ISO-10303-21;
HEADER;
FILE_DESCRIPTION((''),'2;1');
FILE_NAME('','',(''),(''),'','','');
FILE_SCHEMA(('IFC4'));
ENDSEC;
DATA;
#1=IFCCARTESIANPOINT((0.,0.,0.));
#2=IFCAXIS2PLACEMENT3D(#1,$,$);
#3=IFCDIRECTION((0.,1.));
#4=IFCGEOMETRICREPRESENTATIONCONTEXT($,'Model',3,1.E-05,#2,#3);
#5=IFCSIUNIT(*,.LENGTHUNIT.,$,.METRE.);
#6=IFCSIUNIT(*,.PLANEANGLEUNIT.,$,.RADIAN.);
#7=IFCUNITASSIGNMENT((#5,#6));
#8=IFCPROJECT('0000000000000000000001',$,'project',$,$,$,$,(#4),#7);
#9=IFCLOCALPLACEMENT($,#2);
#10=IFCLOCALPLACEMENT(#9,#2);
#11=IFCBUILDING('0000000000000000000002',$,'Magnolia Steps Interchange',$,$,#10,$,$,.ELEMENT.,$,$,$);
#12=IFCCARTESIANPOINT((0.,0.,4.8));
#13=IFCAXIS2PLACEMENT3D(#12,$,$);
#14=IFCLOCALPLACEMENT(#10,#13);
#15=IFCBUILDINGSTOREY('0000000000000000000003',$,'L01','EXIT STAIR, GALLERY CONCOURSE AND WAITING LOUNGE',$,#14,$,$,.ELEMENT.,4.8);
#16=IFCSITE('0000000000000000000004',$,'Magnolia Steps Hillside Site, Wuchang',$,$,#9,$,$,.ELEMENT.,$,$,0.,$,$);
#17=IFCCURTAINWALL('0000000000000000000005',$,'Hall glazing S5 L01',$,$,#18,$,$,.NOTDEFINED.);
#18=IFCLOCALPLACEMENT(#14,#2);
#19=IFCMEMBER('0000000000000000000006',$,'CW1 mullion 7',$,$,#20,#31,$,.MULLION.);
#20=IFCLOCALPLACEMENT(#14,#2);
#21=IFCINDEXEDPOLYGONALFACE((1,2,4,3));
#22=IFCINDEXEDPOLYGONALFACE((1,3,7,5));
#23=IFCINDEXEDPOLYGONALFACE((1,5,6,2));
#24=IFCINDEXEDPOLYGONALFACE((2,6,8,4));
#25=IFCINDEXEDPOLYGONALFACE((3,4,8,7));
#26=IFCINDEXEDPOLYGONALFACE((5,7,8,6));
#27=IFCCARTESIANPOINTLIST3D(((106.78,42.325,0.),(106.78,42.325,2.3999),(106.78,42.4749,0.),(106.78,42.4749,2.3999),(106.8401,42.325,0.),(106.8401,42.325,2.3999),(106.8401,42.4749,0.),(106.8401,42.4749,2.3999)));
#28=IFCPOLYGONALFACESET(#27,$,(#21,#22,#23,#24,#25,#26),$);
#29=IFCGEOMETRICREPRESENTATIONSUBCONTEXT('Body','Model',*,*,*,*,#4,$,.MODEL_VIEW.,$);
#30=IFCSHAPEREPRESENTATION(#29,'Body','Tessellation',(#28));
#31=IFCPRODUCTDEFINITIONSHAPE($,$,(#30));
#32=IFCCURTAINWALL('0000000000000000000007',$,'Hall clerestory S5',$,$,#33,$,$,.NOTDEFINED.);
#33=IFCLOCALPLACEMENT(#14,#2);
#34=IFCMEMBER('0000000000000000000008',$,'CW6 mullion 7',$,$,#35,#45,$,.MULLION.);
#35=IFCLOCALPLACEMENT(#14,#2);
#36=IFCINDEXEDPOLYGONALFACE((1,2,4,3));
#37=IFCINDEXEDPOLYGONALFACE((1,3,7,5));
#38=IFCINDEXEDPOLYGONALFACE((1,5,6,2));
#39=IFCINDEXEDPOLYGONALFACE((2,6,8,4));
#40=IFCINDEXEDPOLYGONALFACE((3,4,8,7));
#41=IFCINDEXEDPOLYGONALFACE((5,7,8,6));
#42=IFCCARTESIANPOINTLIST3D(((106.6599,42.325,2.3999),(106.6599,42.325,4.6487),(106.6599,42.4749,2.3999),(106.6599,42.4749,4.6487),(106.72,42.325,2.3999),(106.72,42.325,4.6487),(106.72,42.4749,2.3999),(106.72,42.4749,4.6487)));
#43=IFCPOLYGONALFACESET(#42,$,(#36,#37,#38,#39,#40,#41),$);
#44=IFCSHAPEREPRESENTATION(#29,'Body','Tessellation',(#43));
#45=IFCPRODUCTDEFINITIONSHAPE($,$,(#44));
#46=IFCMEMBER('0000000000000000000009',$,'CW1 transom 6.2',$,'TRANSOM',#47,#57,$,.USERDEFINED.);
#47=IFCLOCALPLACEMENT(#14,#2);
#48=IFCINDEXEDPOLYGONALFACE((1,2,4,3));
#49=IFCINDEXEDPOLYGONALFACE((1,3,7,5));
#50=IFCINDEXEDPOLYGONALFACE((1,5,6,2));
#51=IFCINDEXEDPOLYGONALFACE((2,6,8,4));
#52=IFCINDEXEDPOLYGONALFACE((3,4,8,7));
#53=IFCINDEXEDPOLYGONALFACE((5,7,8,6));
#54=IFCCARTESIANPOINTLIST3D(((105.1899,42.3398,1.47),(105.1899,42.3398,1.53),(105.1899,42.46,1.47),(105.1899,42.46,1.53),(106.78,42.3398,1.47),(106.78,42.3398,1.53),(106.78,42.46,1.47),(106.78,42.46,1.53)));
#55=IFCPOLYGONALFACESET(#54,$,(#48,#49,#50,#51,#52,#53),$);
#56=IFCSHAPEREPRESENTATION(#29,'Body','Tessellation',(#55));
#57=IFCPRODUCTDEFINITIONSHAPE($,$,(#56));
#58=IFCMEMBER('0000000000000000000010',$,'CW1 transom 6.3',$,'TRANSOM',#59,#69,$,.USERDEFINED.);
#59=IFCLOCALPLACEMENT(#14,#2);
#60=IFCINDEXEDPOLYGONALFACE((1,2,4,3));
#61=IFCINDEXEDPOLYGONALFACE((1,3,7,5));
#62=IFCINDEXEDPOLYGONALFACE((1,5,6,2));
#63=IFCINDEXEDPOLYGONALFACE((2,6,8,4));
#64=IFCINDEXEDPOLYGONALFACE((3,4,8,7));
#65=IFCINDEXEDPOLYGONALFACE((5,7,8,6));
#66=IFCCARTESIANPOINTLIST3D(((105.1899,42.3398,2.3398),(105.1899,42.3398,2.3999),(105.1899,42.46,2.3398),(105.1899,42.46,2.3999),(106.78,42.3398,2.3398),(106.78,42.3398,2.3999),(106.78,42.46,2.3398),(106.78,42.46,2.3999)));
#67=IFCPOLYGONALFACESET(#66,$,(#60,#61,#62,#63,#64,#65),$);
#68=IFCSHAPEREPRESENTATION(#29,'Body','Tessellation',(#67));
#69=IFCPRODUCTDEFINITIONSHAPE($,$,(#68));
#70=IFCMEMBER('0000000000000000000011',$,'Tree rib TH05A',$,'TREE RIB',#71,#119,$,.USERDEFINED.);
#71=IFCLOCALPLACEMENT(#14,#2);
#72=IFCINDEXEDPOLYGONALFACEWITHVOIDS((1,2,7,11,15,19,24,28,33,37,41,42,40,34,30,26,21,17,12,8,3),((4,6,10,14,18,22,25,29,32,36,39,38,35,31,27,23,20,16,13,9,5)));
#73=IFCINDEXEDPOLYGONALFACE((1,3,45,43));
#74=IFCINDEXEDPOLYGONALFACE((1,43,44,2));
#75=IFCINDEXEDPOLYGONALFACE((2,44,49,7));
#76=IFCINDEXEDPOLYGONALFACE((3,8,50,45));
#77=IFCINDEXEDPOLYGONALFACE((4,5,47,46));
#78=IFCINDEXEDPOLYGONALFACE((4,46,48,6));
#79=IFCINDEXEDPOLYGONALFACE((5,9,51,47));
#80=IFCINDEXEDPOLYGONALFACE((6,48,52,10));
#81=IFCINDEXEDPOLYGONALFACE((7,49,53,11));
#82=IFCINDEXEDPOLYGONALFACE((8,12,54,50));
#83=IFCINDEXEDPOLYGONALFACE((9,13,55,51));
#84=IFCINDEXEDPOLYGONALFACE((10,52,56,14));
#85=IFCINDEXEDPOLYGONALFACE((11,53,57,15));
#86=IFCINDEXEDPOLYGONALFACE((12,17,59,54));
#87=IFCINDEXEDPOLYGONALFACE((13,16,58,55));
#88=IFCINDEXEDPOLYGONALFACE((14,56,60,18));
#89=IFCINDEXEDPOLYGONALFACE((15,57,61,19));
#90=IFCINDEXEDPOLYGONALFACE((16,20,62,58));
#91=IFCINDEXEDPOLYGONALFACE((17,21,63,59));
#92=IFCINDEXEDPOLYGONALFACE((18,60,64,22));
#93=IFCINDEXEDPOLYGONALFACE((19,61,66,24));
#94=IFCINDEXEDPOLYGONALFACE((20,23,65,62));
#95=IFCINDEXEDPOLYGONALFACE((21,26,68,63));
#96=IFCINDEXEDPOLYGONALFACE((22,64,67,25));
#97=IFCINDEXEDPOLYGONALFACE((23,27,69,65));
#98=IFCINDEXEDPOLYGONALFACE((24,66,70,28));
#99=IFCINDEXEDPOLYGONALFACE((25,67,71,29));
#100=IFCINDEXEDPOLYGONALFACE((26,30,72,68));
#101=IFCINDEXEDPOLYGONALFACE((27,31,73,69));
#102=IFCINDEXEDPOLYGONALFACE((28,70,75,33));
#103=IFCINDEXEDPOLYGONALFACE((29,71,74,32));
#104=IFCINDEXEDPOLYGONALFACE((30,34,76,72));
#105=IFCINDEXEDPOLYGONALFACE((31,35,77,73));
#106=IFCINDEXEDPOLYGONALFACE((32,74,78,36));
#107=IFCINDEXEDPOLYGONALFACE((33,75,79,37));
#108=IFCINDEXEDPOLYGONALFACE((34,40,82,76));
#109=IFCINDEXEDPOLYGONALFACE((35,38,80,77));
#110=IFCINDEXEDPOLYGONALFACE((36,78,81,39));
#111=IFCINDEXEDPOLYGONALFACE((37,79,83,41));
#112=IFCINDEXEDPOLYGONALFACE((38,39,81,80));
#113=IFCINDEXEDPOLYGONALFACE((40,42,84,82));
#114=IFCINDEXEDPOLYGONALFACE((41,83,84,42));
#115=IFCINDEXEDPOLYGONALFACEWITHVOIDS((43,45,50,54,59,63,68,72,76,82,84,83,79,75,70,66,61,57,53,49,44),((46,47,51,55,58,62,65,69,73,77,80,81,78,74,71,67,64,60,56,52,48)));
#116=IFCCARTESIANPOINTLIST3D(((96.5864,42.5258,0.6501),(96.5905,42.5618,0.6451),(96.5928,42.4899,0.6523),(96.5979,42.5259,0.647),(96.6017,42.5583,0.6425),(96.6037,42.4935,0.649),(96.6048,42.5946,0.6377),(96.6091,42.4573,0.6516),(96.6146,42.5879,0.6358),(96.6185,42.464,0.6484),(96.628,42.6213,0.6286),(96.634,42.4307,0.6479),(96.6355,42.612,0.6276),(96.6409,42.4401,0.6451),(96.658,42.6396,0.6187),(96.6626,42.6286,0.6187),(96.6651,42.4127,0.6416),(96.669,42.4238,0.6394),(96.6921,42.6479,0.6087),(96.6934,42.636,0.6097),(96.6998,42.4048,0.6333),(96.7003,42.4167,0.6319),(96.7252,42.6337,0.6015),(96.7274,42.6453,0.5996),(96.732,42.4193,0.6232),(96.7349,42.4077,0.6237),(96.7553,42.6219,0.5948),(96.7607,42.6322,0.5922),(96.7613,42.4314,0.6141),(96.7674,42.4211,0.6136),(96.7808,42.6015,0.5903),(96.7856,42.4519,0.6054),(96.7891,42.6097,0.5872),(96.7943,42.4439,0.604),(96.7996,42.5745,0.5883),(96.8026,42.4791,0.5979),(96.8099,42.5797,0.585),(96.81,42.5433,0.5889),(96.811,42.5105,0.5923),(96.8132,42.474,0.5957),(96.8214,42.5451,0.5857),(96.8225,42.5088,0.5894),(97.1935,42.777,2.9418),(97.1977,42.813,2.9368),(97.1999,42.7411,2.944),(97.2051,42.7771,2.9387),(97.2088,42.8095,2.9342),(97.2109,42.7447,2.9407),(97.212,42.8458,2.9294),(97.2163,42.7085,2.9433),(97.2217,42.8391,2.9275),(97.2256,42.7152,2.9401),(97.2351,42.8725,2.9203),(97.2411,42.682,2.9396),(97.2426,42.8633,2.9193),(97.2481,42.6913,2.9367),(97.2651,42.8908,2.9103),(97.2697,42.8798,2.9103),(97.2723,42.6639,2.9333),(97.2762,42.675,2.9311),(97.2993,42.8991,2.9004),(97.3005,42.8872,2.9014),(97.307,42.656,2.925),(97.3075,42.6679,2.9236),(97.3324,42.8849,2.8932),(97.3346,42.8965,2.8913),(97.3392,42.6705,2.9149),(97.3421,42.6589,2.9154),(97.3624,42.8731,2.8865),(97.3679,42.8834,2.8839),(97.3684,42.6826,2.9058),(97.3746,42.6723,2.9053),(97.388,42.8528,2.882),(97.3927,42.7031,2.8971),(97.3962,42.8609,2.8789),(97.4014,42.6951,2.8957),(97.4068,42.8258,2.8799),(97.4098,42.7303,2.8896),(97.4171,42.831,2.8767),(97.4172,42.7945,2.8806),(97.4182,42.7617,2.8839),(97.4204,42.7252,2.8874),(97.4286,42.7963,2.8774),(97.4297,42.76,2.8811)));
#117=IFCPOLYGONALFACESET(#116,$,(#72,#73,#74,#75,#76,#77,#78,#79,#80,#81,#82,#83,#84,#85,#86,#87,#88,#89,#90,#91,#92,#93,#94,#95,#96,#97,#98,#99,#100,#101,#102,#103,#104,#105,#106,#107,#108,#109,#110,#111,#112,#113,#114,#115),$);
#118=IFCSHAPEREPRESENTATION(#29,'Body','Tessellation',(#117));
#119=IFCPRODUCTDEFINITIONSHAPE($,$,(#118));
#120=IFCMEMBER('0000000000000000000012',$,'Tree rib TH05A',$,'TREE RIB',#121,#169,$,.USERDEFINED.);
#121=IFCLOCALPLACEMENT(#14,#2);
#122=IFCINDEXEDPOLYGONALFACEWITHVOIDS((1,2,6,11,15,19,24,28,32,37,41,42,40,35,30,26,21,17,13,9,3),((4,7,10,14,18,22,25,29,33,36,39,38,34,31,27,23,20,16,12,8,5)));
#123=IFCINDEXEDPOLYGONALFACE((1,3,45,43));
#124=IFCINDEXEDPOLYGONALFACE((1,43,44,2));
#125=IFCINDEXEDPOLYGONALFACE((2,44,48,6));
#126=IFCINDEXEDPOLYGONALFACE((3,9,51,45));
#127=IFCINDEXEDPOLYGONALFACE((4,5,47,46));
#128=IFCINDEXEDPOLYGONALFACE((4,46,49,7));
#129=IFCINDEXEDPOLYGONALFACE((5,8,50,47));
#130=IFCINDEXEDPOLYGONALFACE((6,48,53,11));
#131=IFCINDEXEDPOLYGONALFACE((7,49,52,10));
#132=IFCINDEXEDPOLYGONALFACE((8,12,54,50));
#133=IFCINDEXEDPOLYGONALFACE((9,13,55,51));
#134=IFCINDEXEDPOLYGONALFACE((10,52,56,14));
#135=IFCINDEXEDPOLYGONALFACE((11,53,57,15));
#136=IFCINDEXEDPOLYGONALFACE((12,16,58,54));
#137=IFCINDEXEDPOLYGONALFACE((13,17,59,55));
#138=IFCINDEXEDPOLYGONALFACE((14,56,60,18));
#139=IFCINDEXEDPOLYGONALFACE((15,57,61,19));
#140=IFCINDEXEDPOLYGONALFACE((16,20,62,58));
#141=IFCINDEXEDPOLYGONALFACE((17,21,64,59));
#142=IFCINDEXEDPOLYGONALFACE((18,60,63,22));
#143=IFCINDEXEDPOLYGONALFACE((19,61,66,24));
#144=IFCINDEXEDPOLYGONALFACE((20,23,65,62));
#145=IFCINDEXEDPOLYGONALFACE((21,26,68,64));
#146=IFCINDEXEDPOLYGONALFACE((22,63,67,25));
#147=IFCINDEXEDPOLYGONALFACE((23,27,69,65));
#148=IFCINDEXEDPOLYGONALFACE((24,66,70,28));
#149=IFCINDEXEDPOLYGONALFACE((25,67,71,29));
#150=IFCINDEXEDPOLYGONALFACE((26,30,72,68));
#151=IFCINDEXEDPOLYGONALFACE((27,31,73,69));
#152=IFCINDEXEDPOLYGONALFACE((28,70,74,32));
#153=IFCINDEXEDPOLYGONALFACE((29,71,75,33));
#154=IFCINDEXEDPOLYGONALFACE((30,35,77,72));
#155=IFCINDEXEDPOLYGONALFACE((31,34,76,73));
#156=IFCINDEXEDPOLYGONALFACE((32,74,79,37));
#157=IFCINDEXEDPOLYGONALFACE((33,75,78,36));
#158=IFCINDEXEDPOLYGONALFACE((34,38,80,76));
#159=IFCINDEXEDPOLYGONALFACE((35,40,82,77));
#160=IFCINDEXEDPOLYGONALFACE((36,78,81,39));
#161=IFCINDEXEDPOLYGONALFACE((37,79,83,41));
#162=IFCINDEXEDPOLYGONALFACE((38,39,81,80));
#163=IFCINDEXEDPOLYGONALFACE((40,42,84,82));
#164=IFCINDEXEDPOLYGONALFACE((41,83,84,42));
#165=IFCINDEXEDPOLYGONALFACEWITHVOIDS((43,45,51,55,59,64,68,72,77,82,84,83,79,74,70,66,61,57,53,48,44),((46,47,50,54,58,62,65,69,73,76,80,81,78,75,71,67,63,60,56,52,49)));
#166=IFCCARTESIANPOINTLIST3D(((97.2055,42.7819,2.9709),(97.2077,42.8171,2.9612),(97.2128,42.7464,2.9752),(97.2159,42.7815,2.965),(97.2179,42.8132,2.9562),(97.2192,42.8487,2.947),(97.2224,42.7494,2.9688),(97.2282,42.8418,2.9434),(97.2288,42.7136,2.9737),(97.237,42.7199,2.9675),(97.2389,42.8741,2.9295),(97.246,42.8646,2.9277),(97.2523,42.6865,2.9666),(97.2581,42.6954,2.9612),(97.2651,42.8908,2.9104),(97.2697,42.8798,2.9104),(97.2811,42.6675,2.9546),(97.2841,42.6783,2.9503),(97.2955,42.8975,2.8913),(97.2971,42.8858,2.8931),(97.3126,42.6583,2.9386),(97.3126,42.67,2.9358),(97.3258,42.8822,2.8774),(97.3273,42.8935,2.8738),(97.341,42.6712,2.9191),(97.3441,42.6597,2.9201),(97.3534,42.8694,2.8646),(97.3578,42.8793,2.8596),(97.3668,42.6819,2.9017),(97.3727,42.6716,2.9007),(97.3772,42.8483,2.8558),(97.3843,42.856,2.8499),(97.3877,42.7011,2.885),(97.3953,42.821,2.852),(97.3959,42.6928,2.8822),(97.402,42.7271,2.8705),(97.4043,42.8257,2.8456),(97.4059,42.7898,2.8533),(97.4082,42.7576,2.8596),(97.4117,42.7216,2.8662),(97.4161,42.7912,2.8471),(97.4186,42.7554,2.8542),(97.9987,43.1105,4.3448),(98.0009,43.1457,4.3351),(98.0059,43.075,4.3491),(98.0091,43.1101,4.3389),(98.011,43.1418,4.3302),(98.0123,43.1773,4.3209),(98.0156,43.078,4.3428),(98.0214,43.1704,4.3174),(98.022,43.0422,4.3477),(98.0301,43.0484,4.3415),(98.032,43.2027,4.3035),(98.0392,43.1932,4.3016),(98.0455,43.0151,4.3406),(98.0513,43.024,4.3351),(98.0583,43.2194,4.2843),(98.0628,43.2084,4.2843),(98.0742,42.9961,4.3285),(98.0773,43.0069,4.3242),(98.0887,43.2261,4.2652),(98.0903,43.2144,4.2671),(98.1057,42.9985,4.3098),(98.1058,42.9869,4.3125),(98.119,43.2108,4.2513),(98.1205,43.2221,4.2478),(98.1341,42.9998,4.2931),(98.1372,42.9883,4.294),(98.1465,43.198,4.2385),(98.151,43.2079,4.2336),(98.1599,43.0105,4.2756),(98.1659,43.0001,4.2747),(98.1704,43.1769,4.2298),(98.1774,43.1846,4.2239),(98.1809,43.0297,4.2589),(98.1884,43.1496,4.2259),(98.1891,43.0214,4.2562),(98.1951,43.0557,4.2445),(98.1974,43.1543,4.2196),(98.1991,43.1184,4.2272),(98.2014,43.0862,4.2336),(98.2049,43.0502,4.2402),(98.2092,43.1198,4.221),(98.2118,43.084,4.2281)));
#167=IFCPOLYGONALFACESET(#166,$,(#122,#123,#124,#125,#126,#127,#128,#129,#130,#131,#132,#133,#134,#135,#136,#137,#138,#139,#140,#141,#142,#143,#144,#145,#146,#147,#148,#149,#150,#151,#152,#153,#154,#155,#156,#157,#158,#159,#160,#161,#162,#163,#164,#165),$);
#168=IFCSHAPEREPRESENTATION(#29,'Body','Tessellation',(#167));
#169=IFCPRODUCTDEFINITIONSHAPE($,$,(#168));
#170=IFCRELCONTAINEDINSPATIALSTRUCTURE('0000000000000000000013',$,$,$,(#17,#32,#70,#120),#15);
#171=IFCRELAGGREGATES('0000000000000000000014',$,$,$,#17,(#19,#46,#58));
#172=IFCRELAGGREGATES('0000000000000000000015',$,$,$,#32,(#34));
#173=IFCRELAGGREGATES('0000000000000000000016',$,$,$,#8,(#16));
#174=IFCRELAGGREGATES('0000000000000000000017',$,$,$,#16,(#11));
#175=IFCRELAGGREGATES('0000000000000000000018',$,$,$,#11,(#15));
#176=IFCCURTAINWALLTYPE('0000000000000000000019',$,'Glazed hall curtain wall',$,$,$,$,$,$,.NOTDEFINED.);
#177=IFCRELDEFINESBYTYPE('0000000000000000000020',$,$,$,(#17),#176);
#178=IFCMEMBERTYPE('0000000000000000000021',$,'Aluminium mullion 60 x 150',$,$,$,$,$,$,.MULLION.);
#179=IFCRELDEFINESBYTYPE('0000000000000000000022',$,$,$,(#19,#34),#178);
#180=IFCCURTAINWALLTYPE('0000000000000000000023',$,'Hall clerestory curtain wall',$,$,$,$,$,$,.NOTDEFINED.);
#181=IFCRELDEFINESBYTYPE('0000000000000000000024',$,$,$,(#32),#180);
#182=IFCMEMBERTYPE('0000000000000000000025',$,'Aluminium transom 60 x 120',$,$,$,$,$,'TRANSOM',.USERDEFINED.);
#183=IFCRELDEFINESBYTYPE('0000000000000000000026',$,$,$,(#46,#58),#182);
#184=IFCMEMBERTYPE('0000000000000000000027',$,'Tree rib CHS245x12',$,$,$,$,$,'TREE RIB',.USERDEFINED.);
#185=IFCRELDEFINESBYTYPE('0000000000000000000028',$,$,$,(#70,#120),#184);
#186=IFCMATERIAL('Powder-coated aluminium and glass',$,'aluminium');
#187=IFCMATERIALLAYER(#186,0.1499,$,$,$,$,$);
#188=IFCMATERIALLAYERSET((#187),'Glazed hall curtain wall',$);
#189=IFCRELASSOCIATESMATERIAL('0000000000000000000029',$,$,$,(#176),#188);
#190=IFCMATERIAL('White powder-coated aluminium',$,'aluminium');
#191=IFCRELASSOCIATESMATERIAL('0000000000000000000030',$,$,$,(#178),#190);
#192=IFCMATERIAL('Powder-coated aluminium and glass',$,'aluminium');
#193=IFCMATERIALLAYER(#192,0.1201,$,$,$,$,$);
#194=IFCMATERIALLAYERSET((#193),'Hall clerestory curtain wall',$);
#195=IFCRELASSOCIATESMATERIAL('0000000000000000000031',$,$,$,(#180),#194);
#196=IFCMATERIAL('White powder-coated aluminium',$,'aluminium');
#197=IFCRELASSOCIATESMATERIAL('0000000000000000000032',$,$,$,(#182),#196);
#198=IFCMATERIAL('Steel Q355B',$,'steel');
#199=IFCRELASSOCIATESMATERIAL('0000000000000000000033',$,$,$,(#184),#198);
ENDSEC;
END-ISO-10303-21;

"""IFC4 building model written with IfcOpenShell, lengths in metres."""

from ifc_helpers import new_model, si_unit, direction, frame, origin, origin_2d, place, context, subcontext, project, spatial, rectangle, hollow_circle, extrude, material, layer, layer_set, material_profile, profile_set, type_object, element, aggregate, save


model = new_model("IFC4")

# Units and contexts
model_context = context("Model", 3, precision=1e-05, world=origin(), true_north=direction((0.0, 1.0)))
body_context = subcontext(model_context, "Body", "Model", "MODEL_VIEW")
ifc_project = project(units=[si_unit("LENGTHUNIT", "METRE"), si_unit("PLANEANGLEUNIT", "RADIAN")], contexts=[model_context])

# Site, building, storey
site_placement = place(None, origin())
site = spatial("IfcSite", under=ifc_project, at=site_placement, Name="Magnolia Steps Hillside Site, Wuchang", CompositionType="ELEMENT", RefElevation=0.0)
building_placement = place(site_placement, origin())
building = spatial("IfcBuilding", under=site, at=building_placement, Name="Magnolia Steps Interchange", CompositionType="ELEMENT")
storey_placement = place(building_placement, frame((0.0, 0.0, 4.8)))
storey = spatial("IfcBuildingStorey", under=building, at=storey_placement, Name="L01", Description="EXIT STAIR, GALLERY CONCOURSE AND WAITING LOUNGE", CompositionType="ELEMENT", Elevation=4.8)

# Curtain walls, members
ifc_material_1 = material(Name="Powder-coated aluminium and glass", Category="aluminium")
ifc_layer_1 = layer(ifc_material_1, 0.1499)
ifc_layer_set_1 = layer_set([ifc_layer_1], Name="Glazed hall curtain wall")
curtain_wall_type_1 = type_object("IfcCurtainWallType", Name="Glazed hall curtain wall", PredefinedType="NOTDEFINED", material=ifc_layer_set_1)
curtain_wall_1_placement = place(storey_placement, origin())
curtain_wall_1 = element("IfcCurtainWall", 1, at=curtain_wall_1_placement, inside=storey, type_object=curtain_wall_type_1, Name="Hall glazing S5 L01", PredefinedType="NOTDEFINED")
ifc_material_2 = material(Name="White powder-coated aluminium", Category="aluminium")
ifc_material_profile_1 = material_profile(ifc_material_2, rectangle(XDim=0.0601, YDim=0.1499, at=origin_2d()), Name="Aluminium mullion 60 x 150")
ifc_profile_set_1 = profile_set([ifc_material_profile_1], Name="White powder-coated aluminium")
member_type_1 = type_object("IfcMemberType", Name="Aluminium mullion 60 x 150", PredefinedType="MULLION", material=ifc_profile_set_1)
member_1_placement = place(storey_placement, frame((106.8101, 42.3999, 0.0), z_axis=(0.0, 0.0, 1.0), x_axis=(1.0, 0.0, 0.0)))
member_1 = element("IfcMember", 2, at=member_1_placement, type_object=member_type_1, Name="CW1 mullion 7", PredefinedType="MULLION", context=body_context, shape_type="SweptSolid", body=[
    extrude(rectangle(XDim=0.0601, YDim=0.1499, at=origin_2d()), origin(), (0.0, 0.0, 1.0), 2.3999),
])
ifc_material_3 = material(Name="Powder-coated aluminium and glass", Category="aluminium")
ifc_layer_2 = layer(ifc_material_3, 0.1201)
ifc_layer_set_2 = layer_set([ifc_layer_2], Name="Hall clerestory curtain wall")
curtain_wall_type_2 = type_object("IfcCurtainWallType", Name="Hall clerestory curtain wall", PredefinedType="NOTDEFINED", material=ifc_layer_set_2)
curtain_wall_2_placement = place(storey_placement, origin())
curtain_wall_2 = element("IfcCurtainWall", 3, at=curtain_wall_2_placement, inside=storey, type_object=curtain_wall_type_2, Name="Hall clerestory S5", PredefinedType="NOTDEFINED")
member_2_placement = place(storey_placement, frame((106.6899, 42.3999, 2.3999), z_axis=(0.0, 0.0, 1.0), x_axis=(1.0, 0.0, 0.0)))
member_2 = element("IfcMember", 4, at=member_2_placement, type_object=member_type_1, Name="CW6 mullion 7", PredefinedType="MULLION", context=body_context, shape_type="SweptSolid", body=[
    extrude(rectangle(XDim=0.0601, YDim=0.1499, at=origin_2d()), origin(), (0.0, 0.0, 1.0), 2.2488),
])

# Members
ifc_material_4 = material(Name="White powder-coated aluminium", Category="aluminium")
ifc_material_profile_2 = material_profile(ifc_material_4, rectangle(XDim=0.0601, YDim=0.1201, at=origin_2d()), Name="Aluminium transom 60 x 120")
ifc_profile_set_2 = profile_set([ifc_material_profile_2], Name="White powder-coated aluminium")
member_type_2 = type_object("IfcMemberType", Name="Aluminium transom 60 x 120", ElementType="TRANSOM", PredefinedType="USERDEFINED", material=ifc_profile_set_2)
member_3_placement = place(storey_placement, frame((105.1899, 42.3999, 1.5), z_axis=(1.0, 0.0, 0.0), x_axis=(0.0, 0.0, 1.0)))
member_3 = element("IfcMember", 5, at=member_3_placement, type_object=member_type_2, Name="CW1 transom 6.2", ObjectType="TRANSOM", PredefinedType="USERDEFINED", context=body_context, shape_type="SweptSolid", body=[
    extrude(rectangle(XDim=0.0601, YDim=0.1201, at=origin_2d()), origin(), (0.0, 0.0, 1.0), 1.5901),
])
member_4_placement = place(storey_placement, frame((105.1899, 42.3999, 2.3699), z_axis=(1.0, 0.0, 0.0), x_axis=(0.0, 0.0, 1.0)))
member_4 = element("IfcMember", 6, at=member_4_placement, type_object=member_type_2, Name="CW1 transom 6.3", ObjectType="TRANSOM", PredefinedType="USERDEFINED", context=body_context, shape_type="SweptSolid", body=[
    extrude(rectangle(XDim=0.0601, YDim=0.1201, at=origin_2d()), origin(), (0.0, 0.0, 1.0), 1.5901),
])

# Members
ifc_material_5 = material(Name="Steel Q355B", Category="steel")
ifc_material_profile_3 = material_profile(ifc_material_5, hollow_circle(Radius=0.1226, WallThickness=0.012, at=origin_2d()), Name="CHS245x12")
ifc_profile_set_3 = profile_set([ifc_material_profile_3], Name="Steel Q355B")
member_type_3 = type_object("IfcMemberType", Name="Tree rib CHS245x12", ElementType="TREE RIB", PredefinedType="USERDEFINED", material=ifc_profile_set_3)
member_5_placement = place(storey_placement, frame((96.7048, 42.5264, 0.6187), z_axis=(0.254679, 0.105374, 0.961267), x_axis=(-0.382319, 0.92403, 0.0)))
element("IfcMember", 7, at=member_5_placement, inside=storey, type_object=member_type_3, Name="Tree rib TH05A", ObjectType="TREE RIB", PredefinedType="USERDEFINED", context=body_context, shape_type="SweptSolid", body=[
    extrude(hollow_circle(Radius=0.1226, WallThickness=0.012, at=origin_2d()), origin(), (0.0, 0.0, 1.0), 2.384),
])
member_6_placement = place(storey_placement, frame((97.312, 42.7776, 2.9104), z_axis=(0.489571, 0.20282, 0.848047), x_axis=(-0.382737, 0.923857, 0.0)))
element("IfcMember", 8, at=member_6_placement, inside=storey, type_object=member_type_3, Name="Tree rib TH05A", ObjectType="TREE RIB", PredefinedType="USERDEFINED", context=body_context, shape_type="SweptSolid", body=[
    extrude(hollow_circle(Radius=0.1226, WallThickness=0.012, at=origin_2d()), origin(), (0.0, 0.0, 1.0), 1.6201),
])

aggregate(curtain_wall_1, [member_1, member_3, member_4])
aggregate(curtain_wall_2, [member_2])

save(model, "model.ifc")
